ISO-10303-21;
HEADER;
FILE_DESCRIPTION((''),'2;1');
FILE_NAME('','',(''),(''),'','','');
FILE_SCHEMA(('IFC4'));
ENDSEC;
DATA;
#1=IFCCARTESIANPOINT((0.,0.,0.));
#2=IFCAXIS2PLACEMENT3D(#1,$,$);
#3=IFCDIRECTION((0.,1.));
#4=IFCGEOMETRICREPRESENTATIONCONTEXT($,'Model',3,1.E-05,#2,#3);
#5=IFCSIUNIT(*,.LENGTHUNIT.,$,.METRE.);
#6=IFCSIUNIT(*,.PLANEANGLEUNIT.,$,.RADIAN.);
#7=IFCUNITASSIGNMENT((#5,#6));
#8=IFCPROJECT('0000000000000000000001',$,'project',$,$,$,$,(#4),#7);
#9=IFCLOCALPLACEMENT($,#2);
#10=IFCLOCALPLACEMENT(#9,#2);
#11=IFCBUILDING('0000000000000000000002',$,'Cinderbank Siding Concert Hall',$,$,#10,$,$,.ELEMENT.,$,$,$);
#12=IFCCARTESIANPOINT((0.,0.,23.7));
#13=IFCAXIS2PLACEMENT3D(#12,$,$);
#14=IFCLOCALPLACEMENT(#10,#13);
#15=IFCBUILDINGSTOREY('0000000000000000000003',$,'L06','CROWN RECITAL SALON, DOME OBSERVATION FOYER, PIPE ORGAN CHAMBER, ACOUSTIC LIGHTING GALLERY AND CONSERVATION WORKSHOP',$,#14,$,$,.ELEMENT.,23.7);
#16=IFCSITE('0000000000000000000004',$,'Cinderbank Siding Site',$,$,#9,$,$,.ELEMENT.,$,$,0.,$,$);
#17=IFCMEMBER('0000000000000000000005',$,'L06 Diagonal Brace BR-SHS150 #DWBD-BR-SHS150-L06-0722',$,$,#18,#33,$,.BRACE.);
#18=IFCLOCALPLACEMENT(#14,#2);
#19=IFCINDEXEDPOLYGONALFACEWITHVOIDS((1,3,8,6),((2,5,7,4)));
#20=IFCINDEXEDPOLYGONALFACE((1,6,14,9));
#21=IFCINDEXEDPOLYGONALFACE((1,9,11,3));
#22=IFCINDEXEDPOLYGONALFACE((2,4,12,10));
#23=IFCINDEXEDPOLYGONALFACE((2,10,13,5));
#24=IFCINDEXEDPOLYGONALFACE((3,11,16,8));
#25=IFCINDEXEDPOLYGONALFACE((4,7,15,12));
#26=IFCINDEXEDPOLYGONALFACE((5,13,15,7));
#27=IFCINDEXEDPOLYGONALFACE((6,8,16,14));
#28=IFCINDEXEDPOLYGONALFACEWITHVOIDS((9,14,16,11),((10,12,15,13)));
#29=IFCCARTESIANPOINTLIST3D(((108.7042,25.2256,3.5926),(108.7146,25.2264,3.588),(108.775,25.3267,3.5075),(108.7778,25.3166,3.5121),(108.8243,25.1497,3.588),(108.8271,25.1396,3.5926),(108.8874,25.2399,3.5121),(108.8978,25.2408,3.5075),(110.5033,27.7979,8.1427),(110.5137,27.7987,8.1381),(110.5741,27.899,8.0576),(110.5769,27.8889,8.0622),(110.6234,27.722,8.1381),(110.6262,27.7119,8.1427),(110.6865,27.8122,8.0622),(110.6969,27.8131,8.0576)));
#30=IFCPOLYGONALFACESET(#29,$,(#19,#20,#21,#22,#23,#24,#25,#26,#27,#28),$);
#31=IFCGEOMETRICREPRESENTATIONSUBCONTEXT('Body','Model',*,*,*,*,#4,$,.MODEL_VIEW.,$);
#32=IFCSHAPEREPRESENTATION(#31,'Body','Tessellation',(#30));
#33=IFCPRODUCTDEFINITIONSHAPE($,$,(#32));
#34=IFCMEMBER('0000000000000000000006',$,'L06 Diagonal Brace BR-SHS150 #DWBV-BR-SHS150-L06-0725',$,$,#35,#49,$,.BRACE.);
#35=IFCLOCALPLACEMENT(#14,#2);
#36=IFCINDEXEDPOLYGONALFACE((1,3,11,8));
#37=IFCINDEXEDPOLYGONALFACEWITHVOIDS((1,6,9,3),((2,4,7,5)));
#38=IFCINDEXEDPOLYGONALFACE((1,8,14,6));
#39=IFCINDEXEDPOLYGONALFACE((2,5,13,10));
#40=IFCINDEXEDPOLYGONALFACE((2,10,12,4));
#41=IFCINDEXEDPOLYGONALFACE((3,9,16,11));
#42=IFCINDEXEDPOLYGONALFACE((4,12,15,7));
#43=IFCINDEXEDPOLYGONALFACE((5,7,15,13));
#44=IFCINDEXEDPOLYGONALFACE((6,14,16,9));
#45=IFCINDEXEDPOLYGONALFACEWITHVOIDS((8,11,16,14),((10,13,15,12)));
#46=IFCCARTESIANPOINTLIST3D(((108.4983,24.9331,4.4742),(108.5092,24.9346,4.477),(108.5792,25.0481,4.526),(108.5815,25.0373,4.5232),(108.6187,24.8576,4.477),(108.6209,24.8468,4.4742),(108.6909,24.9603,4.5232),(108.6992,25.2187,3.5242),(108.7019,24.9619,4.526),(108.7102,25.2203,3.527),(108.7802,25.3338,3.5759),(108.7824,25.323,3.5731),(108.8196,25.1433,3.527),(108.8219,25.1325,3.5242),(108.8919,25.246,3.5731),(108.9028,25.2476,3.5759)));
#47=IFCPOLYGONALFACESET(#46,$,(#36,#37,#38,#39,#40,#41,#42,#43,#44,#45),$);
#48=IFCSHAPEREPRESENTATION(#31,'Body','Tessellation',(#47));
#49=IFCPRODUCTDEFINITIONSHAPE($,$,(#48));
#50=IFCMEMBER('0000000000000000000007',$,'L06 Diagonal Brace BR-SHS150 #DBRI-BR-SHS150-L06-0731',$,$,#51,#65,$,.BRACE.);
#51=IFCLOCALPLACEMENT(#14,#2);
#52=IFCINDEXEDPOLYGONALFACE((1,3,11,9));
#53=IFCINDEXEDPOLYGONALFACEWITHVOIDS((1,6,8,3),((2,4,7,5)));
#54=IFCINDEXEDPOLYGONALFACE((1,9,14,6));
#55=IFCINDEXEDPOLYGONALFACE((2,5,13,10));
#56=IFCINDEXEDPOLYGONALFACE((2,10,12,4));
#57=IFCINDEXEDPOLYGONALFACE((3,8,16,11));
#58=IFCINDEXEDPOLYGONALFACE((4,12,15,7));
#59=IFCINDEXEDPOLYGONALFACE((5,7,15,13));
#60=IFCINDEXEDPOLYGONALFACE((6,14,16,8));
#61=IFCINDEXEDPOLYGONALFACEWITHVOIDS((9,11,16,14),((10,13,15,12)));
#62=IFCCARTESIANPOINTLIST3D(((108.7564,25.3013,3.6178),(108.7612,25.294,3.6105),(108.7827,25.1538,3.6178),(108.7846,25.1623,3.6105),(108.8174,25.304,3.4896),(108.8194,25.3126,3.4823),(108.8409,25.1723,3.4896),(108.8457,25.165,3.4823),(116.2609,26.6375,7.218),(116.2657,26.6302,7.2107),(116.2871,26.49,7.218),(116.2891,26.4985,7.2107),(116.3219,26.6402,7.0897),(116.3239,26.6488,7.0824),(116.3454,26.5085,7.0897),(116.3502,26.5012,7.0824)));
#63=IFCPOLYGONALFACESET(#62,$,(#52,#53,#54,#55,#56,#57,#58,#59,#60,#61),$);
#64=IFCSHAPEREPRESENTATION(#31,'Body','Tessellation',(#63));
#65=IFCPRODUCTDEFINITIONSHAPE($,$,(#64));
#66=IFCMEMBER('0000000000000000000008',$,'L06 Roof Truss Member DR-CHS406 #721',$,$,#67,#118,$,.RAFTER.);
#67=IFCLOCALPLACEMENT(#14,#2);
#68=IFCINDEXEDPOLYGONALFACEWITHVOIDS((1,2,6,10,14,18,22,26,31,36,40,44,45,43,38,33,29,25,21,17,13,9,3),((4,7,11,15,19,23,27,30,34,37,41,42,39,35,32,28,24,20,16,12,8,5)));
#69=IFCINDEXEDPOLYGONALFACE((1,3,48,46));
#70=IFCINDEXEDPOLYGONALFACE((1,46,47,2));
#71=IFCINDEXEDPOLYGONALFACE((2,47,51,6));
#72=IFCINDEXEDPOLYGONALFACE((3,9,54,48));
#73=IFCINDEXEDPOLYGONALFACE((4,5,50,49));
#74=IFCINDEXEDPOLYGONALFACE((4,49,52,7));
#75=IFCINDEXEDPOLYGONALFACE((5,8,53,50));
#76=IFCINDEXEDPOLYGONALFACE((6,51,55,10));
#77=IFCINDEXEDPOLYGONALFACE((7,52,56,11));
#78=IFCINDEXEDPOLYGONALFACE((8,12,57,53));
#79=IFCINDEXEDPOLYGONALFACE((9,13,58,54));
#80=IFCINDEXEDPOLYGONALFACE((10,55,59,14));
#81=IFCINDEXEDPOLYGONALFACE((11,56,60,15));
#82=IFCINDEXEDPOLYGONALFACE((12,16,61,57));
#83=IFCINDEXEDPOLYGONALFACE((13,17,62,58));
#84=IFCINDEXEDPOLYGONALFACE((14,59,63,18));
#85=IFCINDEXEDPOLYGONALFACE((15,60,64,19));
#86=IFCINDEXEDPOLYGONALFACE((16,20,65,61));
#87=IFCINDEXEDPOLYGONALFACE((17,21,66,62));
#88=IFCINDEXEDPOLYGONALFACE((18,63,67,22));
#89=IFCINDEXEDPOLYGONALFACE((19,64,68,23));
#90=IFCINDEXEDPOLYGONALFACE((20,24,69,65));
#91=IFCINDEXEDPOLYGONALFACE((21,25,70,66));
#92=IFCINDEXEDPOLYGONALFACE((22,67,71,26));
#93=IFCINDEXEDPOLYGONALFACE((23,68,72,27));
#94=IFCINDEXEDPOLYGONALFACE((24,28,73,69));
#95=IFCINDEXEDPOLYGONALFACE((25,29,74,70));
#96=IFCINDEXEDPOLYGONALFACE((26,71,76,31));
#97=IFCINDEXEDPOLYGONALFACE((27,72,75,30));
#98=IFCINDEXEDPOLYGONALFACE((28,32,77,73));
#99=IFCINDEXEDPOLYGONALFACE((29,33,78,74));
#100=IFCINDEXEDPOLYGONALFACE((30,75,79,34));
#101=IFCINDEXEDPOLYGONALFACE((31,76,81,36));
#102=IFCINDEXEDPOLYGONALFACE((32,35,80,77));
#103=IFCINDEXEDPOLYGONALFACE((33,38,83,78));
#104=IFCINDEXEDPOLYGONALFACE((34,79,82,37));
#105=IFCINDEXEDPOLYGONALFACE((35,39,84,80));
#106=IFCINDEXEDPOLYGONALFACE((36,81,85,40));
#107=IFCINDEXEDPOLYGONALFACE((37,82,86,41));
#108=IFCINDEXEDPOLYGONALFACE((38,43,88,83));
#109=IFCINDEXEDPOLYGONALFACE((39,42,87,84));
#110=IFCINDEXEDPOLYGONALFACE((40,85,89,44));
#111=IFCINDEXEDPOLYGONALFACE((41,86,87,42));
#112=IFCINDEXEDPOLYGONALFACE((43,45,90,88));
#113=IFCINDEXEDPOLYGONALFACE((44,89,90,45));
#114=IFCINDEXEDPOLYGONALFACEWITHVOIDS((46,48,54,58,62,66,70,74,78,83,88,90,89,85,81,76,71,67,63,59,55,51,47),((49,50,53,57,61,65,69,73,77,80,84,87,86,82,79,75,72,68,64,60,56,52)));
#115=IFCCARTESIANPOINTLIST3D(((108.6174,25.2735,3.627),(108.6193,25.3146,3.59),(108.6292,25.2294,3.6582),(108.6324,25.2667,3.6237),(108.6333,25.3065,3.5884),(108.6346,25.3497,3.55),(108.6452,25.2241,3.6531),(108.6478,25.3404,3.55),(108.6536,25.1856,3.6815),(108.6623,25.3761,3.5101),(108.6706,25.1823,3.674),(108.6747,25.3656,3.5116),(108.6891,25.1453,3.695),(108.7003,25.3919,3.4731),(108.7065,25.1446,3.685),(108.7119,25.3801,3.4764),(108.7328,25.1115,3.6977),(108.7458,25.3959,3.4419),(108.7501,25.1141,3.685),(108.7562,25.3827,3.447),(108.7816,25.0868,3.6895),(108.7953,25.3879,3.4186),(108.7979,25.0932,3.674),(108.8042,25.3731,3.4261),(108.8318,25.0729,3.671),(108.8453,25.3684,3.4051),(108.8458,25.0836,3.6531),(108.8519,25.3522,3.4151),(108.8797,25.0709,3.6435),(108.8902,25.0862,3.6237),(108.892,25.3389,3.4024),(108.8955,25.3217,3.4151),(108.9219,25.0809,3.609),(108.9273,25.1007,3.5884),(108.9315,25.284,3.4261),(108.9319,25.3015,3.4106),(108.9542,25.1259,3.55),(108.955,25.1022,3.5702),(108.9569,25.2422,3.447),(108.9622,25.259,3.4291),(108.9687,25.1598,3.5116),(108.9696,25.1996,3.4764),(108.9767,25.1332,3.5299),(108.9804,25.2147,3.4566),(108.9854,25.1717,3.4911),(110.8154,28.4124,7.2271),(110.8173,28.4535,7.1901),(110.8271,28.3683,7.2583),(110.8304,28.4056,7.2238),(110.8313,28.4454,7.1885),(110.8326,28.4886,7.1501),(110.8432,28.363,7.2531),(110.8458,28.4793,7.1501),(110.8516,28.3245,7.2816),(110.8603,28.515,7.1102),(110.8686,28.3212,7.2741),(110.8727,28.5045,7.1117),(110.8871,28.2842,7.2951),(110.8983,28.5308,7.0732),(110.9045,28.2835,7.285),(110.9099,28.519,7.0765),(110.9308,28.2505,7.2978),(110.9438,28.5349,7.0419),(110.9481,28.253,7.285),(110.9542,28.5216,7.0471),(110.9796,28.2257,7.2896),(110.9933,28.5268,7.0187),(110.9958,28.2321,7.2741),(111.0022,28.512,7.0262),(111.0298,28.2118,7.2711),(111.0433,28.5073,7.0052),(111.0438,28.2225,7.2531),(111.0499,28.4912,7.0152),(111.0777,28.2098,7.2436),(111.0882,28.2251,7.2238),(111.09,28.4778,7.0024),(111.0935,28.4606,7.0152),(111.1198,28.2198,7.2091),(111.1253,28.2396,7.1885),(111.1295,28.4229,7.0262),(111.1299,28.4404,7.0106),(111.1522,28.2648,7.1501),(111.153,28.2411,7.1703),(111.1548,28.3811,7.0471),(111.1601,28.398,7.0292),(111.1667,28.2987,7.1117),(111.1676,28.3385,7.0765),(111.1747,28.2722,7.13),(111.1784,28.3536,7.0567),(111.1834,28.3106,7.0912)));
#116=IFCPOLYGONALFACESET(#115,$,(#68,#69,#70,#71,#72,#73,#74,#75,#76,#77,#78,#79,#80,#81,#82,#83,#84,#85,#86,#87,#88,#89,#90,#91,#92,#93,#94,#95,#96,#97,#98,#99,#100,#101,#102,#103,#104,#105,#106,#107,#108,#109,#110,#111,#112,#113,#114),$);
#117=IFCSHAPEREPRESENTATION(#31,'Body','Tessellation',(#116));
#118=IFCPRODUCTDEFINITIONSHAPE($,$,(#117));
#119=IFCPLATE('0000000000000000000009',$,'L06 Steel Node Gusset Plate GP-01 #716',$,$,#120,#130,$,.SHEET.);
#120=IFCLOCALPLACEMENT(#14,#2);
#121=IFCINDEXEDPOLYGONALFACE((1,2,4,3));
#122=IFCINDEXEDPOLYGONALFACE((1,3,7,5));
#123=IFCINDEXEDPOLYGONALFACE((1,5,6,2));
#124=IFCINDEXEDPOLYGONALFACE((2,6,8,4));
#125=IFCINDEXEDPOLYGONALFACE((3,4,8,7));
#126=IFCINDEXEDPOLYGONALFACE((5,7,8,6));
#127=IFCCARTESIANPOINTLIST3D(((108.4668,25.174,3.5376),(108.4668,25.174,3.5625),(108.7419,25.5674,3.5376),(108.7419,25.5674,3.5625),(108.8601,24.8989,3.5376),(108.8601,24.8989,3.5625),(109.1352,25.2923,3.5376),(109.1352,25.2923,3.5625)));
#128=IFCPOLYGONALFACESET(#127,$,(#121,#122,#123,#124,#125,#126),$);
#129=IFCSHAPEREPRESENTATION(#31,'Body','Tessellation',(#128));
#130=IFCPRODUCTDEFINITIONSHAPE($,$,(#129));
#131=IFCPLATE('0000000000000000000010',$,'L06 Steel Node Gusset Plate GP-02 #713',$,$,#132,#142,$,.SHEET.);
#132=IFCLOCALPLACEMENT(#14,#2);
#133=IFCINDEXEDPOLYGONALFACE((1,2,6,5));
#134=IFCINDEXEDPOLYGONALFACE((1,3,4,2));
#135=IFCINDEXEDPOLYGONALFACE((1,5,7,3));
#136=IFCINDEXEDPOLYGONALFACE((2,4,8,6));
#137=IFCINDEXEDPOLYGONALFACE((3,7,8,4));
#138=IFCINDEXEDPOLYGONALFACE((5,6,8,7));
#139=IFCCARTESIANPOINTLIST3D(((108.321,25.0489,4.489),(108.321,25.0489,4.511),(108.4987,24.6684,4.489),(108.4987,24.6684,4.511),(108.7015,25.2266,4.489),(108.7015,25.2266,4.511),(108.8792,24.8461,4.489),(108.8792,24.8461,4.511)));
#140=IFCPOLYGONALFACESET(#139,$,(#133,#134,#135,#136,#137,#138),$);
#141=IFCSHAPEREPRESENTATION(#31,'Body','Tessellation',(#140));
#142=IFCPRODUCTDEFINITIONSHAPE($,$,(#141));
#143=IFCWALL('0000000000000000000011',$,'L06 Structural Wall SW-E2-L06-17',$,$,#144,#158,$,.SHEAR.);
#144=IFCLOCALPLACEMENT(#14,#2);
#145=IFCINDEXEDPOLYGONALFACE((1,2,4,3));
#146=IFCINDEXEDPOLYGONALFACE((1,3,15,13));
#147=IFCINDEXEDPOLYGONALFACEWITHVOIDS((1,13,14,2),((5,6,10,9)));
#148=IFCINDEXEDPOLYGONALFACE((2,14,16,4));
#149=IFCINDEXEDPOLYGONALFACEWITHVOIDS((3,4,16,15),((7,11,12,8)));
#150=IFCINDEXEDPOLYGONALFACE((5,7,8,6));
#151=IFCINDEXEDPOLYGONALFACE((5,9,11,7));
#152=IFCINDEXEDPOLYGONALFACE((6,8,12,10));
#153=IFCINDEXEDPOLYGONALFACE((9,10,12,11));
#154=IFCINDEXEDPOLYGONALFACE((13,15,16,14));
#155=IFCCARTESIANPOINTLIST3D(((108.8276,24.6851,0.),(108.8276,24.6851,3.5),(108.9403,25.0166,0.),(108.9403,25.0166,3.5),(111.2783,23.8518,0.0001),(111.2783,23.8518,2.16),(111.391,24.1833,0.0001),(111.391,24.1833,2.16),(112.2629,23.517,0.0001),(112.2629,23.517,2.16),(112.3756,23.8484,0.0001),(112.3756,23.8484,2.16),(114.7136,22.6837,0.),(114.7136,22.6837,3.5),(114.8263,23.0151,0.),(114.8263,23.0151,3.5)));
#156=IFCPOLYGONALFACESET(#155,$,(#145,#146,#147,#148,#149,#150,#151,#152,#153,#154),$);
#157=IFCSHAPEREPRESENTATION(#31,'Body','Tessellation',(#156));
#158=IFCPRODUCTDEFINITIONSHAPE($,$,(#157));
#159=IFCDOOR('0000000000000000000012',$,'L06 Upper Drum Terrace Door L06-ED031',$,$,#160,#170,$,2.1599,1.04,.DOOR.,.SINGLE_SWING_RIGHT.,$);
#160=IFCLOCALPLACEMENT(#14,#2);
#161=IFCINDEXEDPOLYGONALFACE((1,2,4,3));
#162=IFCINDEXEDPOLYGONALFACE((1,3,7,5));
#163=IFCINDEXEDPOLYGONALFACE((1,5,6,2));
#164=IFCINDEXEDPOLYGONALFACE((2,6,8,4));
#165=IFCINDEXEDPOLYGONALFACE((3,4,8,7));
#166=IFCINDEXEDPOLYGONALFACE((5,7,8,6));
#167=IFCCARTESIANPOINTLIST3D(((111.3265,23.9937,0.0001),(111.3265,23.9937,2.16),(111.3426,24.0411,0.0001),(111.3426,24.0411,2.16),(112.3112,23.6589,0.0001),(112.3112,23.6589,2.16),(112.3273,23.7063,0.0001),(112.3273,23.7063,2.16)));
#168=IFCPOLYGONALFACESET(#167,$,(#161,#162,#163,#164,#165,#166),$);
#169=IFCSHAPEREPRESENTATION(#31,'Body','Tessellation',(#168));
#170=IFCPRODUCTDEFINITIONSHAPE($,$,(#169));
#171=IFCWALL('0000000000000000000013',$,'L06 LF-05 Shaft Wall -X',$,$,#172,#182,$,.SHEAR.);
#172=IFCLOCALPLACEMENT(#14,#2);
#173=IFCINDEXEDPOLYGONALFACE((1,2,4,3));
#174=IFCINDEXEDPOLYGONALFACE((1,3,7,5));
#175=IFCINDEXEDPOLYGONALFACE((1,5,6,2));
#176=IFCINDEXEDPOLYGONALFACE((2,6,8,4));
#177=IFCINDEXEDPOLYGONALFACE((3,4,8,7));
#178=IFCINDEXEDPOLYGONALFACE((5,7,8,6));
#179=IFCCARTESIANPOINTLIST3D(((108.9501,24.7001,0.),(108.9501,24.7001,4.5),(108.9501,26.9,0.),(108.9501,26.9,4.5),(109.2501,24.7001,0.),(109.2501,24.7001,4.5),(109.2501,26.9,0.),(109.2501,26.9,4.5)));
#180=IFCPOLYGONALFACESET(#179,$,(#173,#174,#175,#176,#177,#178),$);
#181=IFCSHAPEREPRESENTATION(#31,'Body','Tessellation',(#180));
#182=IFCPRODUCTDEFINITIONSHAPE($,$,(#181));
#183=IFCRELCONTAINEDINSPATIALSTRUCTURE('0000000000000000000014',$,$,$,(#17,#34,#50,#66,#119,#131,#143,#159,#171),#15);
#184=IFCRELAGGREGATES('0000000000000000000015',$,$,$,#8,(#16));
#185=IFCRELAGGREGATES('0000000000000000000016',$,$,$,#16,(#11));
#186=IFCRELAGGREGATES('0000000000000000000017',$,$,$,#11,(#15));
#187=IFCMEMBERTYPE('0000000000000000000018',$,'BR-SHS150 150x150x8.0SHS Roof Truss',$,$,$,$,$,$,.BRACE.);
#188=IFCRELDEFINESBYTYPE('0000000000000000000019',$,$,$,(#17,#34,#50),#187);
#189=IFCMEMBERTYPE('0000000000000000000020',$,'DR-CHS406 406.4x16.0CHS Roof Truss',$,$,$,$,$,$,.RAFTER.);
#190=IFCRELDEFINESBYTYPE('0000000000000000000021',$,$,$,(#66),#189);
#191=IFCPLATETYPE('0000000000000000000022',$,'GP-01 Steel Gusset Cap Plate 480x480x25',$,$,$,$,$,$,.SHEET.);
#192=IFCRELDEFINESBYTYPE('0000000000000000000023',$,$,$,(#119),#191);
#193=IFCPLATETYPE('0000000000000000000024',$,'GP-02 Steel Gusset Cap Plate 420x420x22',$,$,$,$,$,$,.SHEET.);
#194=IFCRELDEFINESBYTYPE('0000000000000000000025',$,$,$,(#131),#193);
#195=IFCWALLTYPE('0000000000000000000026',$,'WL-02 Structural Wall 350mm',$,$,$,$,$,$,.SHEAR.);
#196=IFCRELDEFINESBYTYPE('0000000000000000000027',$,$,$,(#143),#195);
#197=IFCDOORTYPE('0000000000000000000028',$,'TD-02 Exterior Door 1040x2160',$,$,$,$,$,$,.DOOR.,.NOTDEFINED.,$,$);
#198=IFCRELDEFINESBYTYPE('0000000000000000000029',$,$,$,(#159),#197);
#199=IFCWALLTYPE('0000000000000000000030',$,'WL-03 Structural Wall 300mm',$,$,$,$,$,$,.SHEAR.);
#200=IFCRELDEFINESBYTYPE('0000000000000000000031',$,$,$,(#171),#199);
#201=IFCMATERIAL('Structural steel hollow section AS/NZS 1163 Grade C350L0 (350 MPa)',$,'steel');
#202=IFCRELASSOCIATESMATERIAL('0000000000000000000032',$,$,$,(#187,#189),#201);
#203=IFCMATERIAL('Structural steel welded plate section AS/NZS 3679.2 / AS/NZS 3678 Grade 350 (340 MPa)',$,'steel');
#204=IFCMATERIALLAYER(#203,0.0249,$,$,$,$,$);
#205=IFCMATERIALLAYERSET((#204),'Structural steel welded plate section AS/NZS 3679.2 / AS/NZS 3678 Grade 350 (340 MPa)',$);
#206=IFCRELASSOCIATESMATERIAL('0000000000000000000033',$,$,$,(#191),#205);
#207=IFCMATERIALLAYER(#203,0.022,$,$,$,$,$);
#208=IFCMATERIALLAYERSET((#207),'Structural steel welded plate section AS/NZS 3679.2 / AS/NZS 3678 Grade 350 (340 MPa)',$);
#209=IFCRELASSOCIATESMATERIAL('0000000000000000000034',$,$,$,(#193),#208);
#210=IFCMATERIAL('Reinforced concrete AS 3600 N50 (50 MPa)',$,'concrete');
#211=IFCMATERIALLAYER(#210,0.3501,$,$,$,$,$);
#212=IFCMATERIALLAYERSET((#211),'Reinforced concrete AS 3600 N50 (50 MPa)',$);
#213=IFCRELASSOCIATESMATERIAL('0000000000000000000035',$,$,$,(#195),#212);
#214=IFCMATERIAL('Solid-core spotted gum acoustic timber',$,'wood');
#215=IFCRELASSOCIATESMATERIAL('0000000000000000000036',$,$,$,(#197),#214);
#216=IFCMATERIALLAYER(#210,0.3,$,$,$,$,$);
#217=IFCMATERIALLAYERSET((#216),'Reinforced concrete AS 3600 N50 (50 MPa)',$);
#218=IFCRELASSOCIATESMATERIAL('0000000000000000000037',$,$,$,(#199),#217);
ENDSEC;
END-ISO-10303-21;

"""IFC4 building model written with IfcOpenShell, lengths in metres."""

from ifc_helpers import new_model, si_unit, direction, frame, frame_2d, origin, origin_2d, place, context, subcontext, project, spatial, rectangle, hollow_rectangle, hollow_circle, extrude, material, layer, layer_set, material_profile, profile_set, type_object, element, fill, save


model = new_model("IFC4")

# Units and contexts
model_context = context("Model", 3, precision=1e-05, world=origin(), true_north=direction((0.0, 1.0)))
body_context = subcontext(model_context, "Body", "Model", "MODEL_VIEW")
ifc_project = project(units=[si_unit("LENGTHUNIT", "METRE"), si_unit("PLANEANGLEUNIT", "RADIAN")], contexts=[model_context])

# Site, building, storey
site_placement = place(None, origin())
site = spatial("IfcSite", under=ifc_project, at=site_placement, Name="Cinderbank Siding Site", CompositionType="ELEMENT", RefElevation=0.0)
building_placement = place(site_placement, origin())
building = spatial("IfcBuilding", under=site, at=building_placement, Name="Cinderbank Siding Concert Hall", CompositionType="ELEMENT")
storey_placement = place(building_placement, frame((0.0, 0.0, 23.7)))
storey = spatial("IfcBuildingStorey", under=building, at=storey_placement, Name="L06", Description="CROWN RECITAL SALON, DOME OBSERVATION FOYER, PIPE ORGAN CHAMBER, ACOUSTIC LIGHTING GALLERY AND CONSERVATION WORKSHOP", CompositionType="ELEMENT", Elevation=23.7)

# Members
ifc_material_1 = material(Name="Structural steel hollow section AS/NZS 1163 Grade C350L0 (350 MPa)", Category="steel")
ifc_material_profile_1 = material_profile(ifc_material_1, hollow_rectangle(XDim=0.1499, YDim=0.1499, WallThickness=0.0081, at=origin_2d()), Name="150x150x8.0SHS", Category="LoadBearing")
ifc_profile_set_1 = profile_set([ifc_material_profile_1], Name="Structural steel hollow section AS/NZS 1163 Grade C350L0 (350 MPa)")
member_type_1 = type_object("IfcMemberType", Name="BR-SHS150 150x150x8.0SHS Roof Truss", PredefinedType="BRACE", material=ifc_profile_set_1)
member_1_placement = place(storey_placement, frame((108.801, 25.2332, 3.55), z_axis=(0.325461, 0.465336, 0.823127), x_axis=(-0.819458, 0.573139, 0.0)))
element("IfcMember", 1, at=member_1_placement, inside=storey, type_object=member_type_1, Name="L06 Diagonal Brace BR-SHS150 #DWBD-BR-SHS150-L06-0722", PredefinedType="BRACE", context=body_context, shape_type="SweptSolid", body=[
    extrude(hollow_rectangle(XDim=0.1499, YDim=0.1499, WallThickness=0.0081, at=origin_2d()), origin(), (0.0, 0.0, 1.0), 5.5278),
])
member_2_placement = place(storey_placement, frame((108.801, 25.2332, 3.55), z_axis=(-0.198523, -0.282226, 0.938582), x_axis=(0.817916, -0.575338, 0.0)))
element("IfcMember", 2, at=member_2_placement, inside=storey, type_object=member_type_1, Name="L06 Diagonal Brace BR-SHS150 #DWBV-BR-SHS150-L06-0725", PredefinedType="BRACE", context=body_context, shape_type="SweptSolid", body=[
    extrude(hollow_rectangle(XDim=0.1499, YDim=0.1499, WallThickness=0.0081, at=origin_2d()), origin(), (0.0, 0.0, 1.0), 1.0122),
])
member_3_placement = place(storey_placement, frame((108.801, 25.2332, 3.55), z_axis=(0.890219, 0.158506, 0.427066), x_axis=(-0.175296, 0.984516, 0.0)))
element("IfcMember", 3, at=member_3_placement, inside=storey, type_object=member_type_1, Name="L06 Diagonal Brace BR-SHS150 #DBRI-BR-SHS150-L06-0731", PredefinedType="BRACE", context=body_context, shape_type="SweptSolid", body=[
    extrude(hollow_rectangle(XDim=0.1499, YDim=0.1499, WallThickness=0.0081, at=origin_2d()), origin(), (0.0, 0.0, 1.0), 8.4299),
])
ifc_material_profile_2 = material_profile(ifc_material_1, hollow_circle(Radius=0.2031, WallThickness=0.0161, at=origin_2d()), Name="406.4x16.0CHS", Category="LoadBearing")
ifc_profile_set_2 = profile_set([ifc_material_profile_2], Name="Structural steel hollow section AS/NZS 1163 Grade C350L0 (350 MPa)")
member_type_2 = type_object("IfcMemberType", Name="DR-CHS406 406.4x16.0CHS Roof Truss", PredefinedType="RAFTER", material=ifc_profile_set_2)
member_4_placement = place(storey_placement, frame((108.801, 25.2332, 3.55), z_axis=(0.418043, 0.596999, 0.684713), x_axis=(-0.819139, 0.573595, 0.0)))
element("IfcMember", 4, at=member_4_placement, inside=storey, type_object=member_type_2, Name="L06 Roof Truss Member DR-CHS406 #721", PredefinedType="RAFTER", context=body_context, shape_type="SweptSolid", body=[
    extrude(hollow_circle(Radius=0.2031, WallThickness=0.0161, at=origin_2d()), origin(), (0.0, 0.0, 1.0), 5.2578),
])

# Plates
ifc_material_2 = material(Name="Structural steel welded plate section AS/NZS 3679.2 / AS/NZS 3678 Grade 350 (340 MPa)", Category="steel")
ifc_layer_1 = layer(ifc_material_2, 0.0249)
ifc_layer_set_1 = layer_set([ifc_layer_1], Name="Structural steel welded plate section AS/NZS 3679.2 / AS/NZS 3678 Grade 350 (340 MPa)")
plate_type_1 = type_object("IfcPlateType", Name="GP-01 Steel Gusset Cap Plate 480x480x25", PredefinedType="SHEET", material=ifc_layer_set_1)
plate_1_placement = place(storey_placement, frame((108.801, 25.2332, 3.5376), z_axis=(0.0, 0.0, 1.0), x_axis=(0.573147, 0.819452, 0.0)))
element("IfcPlate", 5, at=plate_1_placement, inside=storey, type_object=plate_type_1, Name="L06 Steel Node Gusset Plate GP-01 #716", PredefinedType="SHEET", context=body_context, shape_type="SweptSolid", body=[
    extrude(rectangle(XDim=0.48, YDim=0.48, at=origin_2d()), origin(), (0.0, 0.0, 1.0), 0.0249),
])
ifc_layer_2 = layer(ifc_material_2, 0.022)
ifc_layer_set_2 = layer_set([ifc_layer_2], Name="Structural steel welded plate section AS/NZS 3679.2 / AS/NZS 3678 Grade 350 (340 MPa)")
plate_type_2 = type_object("IfcPlateType", Name="GP-02 Steel Gusset Cap Plate 420x420x22", PredefinedType="SHEET", material=ifc_layer_set_2)
plate_2_placement = place(storey_placement, frame((108.6001, 24.9475, 4.489), z_axis=(0.0, 0.0, 1.0), x_axis=(-0.423093, 0.906086, 0.0)))
element("IfcPlate", 6, at=plate_2_placement, inside=storey, type_object=plate_type_2, Name="L06 Steel Node Gusset Plate GP-02 #713", PredefinedType="SHEET", context=body_context, shape_type="SweptSolid", body=[
    extrude(rectangle(XDim=0.4199, YDim=0.4199, at=origin_2d()), origin(), (0.0, 0.0, 1.0), 0.022),
])

# Wall, opening, door
ifc_material_3 = material(Name="Reinforced concrete AS 3600 N50 (50 MPa)", Category="concrete")
ifc_layer_3 = layer(ifc_material_3, 0.3501)
ifc_layer_set_3 = layer_set([ifc_layer_3], Name="Reinforced concrete AS 3600 N50 (50 MPa)")
wall_type_1 = type_object("IfcWallType", Name="WL-02 Structural Wall 350mm", PredefinedType="SHEAR", material=ifc_layer_set_3)
wall_1_placement = place(storey_placement, frame((108.884, 24.8508, 0.0), z_axis=(0.0, 0.0, 1.0), x_axis=(0.946761, -0.321936, 0.0)))
wall_1 = element("IfcWall", 7, at=wall_1_placement, inside=storey, type_object=wall_type_1, Name="L06 Structural Wall SW-E2-L06-17", PredefinedType="SHEAR", context=body_context, shape_type="SweptSolid", body=[
    extrude(rectangle(XDim=6.217, YDim=0.3501, at=frame_2d((3.1084, 0.0))), origin(), (0.0, 0.0, 1.0), 3.5),
])
opening_1_placement = place(wall_1_placement, frame((2.5884, 0.0, 0.0)))
opening_1 = element("IfcOpeningElement", 8, at=opening_1_placement, cuts=wall_1, PredefinedType="OPENING", context=body_context, shape_type="SweptSolid", body=[
    extrude(rectangle(XDim=1.04, YDim=2.1599, at=frame_2d((0.52, 1.0801))), frame((0.0, 0.187, 0.0), z_axis=(0.0, -1.0, 0.0), x_axis=(1.0, 0.0, 0.0)), (0.0, 0.0, 1.0), 0.374),
])
ifc_material_4 = material(Name="Solid-core spotted gum acoustic timber", Category="wood")
door_type_1 = type_object("IfcDoorType", Name="TD-02 Exterior Door 1040x2160", OperationType="NOTDEFINED", PredefinedType="DOOR", material=ifc_material_4)
door_1_placement = place(opening_1_placement, origin())
door_1 = element("IfcDoor", 9, at=door_1_placement, inside=storey, type_object=door_type_1, Name="L06 Upper Drum Terrace Door L06-ED031", OperationType="SINGLE_SWING_RIGHT", OverallHeight=2.1599, OverallWidth=1.04, PredefinedType="DOOR", context=body_context, shape_type="SweptSolid", body=[
    extrude(rectangle(XDim=1.04, YDim=2.1599, at=frame_2d((0.52, 1.0801))), frame((0.0, 0.0249, 0.0), z_axis=(0.0, -1.0, 0.0), x_axis=(1.0, 0.0, 0.0)), (0.0, 0.0, 1.0), 0.05),
])
fill(opening_1, door_1)
ifc_layer_4 = layer(ifc_material_3, 0.3)
ifc_layer_set_4 = layer_set([ifc_layer_4], Name="Reinforced concrete AS 3600 N50 (50 MPa)")
wall_type_2 = type_object("IfcWallType", Name="WL-03 Structural Wall 300mm", PredefinedType="SHEAR", material=ifc_layer_set_4)

# Wall
wall_2_placement = place(storey_placement, frame((109.1001, 24.7, 0.0), z_axis=(0.0, 0.0, 1.0), x_axis=(0.0, 1.0, 0.0)))
element("IfcWall", 10, at=wall_2_placement, inside=storey, type_object=wall_type_2, Name="L06 LF-05 Shaft Wall -X", PredefinedType="SHEAR", context=body_context, shape_type="SweptSolid", body=[
    extrude(rectangle(XDim=2.2, YDim=0.3, at=frame_2d((1.1001, 0.0))), origin(), (0.0, 0.0, 1.0), 4.5),
])

save(model, "model.ifc")
